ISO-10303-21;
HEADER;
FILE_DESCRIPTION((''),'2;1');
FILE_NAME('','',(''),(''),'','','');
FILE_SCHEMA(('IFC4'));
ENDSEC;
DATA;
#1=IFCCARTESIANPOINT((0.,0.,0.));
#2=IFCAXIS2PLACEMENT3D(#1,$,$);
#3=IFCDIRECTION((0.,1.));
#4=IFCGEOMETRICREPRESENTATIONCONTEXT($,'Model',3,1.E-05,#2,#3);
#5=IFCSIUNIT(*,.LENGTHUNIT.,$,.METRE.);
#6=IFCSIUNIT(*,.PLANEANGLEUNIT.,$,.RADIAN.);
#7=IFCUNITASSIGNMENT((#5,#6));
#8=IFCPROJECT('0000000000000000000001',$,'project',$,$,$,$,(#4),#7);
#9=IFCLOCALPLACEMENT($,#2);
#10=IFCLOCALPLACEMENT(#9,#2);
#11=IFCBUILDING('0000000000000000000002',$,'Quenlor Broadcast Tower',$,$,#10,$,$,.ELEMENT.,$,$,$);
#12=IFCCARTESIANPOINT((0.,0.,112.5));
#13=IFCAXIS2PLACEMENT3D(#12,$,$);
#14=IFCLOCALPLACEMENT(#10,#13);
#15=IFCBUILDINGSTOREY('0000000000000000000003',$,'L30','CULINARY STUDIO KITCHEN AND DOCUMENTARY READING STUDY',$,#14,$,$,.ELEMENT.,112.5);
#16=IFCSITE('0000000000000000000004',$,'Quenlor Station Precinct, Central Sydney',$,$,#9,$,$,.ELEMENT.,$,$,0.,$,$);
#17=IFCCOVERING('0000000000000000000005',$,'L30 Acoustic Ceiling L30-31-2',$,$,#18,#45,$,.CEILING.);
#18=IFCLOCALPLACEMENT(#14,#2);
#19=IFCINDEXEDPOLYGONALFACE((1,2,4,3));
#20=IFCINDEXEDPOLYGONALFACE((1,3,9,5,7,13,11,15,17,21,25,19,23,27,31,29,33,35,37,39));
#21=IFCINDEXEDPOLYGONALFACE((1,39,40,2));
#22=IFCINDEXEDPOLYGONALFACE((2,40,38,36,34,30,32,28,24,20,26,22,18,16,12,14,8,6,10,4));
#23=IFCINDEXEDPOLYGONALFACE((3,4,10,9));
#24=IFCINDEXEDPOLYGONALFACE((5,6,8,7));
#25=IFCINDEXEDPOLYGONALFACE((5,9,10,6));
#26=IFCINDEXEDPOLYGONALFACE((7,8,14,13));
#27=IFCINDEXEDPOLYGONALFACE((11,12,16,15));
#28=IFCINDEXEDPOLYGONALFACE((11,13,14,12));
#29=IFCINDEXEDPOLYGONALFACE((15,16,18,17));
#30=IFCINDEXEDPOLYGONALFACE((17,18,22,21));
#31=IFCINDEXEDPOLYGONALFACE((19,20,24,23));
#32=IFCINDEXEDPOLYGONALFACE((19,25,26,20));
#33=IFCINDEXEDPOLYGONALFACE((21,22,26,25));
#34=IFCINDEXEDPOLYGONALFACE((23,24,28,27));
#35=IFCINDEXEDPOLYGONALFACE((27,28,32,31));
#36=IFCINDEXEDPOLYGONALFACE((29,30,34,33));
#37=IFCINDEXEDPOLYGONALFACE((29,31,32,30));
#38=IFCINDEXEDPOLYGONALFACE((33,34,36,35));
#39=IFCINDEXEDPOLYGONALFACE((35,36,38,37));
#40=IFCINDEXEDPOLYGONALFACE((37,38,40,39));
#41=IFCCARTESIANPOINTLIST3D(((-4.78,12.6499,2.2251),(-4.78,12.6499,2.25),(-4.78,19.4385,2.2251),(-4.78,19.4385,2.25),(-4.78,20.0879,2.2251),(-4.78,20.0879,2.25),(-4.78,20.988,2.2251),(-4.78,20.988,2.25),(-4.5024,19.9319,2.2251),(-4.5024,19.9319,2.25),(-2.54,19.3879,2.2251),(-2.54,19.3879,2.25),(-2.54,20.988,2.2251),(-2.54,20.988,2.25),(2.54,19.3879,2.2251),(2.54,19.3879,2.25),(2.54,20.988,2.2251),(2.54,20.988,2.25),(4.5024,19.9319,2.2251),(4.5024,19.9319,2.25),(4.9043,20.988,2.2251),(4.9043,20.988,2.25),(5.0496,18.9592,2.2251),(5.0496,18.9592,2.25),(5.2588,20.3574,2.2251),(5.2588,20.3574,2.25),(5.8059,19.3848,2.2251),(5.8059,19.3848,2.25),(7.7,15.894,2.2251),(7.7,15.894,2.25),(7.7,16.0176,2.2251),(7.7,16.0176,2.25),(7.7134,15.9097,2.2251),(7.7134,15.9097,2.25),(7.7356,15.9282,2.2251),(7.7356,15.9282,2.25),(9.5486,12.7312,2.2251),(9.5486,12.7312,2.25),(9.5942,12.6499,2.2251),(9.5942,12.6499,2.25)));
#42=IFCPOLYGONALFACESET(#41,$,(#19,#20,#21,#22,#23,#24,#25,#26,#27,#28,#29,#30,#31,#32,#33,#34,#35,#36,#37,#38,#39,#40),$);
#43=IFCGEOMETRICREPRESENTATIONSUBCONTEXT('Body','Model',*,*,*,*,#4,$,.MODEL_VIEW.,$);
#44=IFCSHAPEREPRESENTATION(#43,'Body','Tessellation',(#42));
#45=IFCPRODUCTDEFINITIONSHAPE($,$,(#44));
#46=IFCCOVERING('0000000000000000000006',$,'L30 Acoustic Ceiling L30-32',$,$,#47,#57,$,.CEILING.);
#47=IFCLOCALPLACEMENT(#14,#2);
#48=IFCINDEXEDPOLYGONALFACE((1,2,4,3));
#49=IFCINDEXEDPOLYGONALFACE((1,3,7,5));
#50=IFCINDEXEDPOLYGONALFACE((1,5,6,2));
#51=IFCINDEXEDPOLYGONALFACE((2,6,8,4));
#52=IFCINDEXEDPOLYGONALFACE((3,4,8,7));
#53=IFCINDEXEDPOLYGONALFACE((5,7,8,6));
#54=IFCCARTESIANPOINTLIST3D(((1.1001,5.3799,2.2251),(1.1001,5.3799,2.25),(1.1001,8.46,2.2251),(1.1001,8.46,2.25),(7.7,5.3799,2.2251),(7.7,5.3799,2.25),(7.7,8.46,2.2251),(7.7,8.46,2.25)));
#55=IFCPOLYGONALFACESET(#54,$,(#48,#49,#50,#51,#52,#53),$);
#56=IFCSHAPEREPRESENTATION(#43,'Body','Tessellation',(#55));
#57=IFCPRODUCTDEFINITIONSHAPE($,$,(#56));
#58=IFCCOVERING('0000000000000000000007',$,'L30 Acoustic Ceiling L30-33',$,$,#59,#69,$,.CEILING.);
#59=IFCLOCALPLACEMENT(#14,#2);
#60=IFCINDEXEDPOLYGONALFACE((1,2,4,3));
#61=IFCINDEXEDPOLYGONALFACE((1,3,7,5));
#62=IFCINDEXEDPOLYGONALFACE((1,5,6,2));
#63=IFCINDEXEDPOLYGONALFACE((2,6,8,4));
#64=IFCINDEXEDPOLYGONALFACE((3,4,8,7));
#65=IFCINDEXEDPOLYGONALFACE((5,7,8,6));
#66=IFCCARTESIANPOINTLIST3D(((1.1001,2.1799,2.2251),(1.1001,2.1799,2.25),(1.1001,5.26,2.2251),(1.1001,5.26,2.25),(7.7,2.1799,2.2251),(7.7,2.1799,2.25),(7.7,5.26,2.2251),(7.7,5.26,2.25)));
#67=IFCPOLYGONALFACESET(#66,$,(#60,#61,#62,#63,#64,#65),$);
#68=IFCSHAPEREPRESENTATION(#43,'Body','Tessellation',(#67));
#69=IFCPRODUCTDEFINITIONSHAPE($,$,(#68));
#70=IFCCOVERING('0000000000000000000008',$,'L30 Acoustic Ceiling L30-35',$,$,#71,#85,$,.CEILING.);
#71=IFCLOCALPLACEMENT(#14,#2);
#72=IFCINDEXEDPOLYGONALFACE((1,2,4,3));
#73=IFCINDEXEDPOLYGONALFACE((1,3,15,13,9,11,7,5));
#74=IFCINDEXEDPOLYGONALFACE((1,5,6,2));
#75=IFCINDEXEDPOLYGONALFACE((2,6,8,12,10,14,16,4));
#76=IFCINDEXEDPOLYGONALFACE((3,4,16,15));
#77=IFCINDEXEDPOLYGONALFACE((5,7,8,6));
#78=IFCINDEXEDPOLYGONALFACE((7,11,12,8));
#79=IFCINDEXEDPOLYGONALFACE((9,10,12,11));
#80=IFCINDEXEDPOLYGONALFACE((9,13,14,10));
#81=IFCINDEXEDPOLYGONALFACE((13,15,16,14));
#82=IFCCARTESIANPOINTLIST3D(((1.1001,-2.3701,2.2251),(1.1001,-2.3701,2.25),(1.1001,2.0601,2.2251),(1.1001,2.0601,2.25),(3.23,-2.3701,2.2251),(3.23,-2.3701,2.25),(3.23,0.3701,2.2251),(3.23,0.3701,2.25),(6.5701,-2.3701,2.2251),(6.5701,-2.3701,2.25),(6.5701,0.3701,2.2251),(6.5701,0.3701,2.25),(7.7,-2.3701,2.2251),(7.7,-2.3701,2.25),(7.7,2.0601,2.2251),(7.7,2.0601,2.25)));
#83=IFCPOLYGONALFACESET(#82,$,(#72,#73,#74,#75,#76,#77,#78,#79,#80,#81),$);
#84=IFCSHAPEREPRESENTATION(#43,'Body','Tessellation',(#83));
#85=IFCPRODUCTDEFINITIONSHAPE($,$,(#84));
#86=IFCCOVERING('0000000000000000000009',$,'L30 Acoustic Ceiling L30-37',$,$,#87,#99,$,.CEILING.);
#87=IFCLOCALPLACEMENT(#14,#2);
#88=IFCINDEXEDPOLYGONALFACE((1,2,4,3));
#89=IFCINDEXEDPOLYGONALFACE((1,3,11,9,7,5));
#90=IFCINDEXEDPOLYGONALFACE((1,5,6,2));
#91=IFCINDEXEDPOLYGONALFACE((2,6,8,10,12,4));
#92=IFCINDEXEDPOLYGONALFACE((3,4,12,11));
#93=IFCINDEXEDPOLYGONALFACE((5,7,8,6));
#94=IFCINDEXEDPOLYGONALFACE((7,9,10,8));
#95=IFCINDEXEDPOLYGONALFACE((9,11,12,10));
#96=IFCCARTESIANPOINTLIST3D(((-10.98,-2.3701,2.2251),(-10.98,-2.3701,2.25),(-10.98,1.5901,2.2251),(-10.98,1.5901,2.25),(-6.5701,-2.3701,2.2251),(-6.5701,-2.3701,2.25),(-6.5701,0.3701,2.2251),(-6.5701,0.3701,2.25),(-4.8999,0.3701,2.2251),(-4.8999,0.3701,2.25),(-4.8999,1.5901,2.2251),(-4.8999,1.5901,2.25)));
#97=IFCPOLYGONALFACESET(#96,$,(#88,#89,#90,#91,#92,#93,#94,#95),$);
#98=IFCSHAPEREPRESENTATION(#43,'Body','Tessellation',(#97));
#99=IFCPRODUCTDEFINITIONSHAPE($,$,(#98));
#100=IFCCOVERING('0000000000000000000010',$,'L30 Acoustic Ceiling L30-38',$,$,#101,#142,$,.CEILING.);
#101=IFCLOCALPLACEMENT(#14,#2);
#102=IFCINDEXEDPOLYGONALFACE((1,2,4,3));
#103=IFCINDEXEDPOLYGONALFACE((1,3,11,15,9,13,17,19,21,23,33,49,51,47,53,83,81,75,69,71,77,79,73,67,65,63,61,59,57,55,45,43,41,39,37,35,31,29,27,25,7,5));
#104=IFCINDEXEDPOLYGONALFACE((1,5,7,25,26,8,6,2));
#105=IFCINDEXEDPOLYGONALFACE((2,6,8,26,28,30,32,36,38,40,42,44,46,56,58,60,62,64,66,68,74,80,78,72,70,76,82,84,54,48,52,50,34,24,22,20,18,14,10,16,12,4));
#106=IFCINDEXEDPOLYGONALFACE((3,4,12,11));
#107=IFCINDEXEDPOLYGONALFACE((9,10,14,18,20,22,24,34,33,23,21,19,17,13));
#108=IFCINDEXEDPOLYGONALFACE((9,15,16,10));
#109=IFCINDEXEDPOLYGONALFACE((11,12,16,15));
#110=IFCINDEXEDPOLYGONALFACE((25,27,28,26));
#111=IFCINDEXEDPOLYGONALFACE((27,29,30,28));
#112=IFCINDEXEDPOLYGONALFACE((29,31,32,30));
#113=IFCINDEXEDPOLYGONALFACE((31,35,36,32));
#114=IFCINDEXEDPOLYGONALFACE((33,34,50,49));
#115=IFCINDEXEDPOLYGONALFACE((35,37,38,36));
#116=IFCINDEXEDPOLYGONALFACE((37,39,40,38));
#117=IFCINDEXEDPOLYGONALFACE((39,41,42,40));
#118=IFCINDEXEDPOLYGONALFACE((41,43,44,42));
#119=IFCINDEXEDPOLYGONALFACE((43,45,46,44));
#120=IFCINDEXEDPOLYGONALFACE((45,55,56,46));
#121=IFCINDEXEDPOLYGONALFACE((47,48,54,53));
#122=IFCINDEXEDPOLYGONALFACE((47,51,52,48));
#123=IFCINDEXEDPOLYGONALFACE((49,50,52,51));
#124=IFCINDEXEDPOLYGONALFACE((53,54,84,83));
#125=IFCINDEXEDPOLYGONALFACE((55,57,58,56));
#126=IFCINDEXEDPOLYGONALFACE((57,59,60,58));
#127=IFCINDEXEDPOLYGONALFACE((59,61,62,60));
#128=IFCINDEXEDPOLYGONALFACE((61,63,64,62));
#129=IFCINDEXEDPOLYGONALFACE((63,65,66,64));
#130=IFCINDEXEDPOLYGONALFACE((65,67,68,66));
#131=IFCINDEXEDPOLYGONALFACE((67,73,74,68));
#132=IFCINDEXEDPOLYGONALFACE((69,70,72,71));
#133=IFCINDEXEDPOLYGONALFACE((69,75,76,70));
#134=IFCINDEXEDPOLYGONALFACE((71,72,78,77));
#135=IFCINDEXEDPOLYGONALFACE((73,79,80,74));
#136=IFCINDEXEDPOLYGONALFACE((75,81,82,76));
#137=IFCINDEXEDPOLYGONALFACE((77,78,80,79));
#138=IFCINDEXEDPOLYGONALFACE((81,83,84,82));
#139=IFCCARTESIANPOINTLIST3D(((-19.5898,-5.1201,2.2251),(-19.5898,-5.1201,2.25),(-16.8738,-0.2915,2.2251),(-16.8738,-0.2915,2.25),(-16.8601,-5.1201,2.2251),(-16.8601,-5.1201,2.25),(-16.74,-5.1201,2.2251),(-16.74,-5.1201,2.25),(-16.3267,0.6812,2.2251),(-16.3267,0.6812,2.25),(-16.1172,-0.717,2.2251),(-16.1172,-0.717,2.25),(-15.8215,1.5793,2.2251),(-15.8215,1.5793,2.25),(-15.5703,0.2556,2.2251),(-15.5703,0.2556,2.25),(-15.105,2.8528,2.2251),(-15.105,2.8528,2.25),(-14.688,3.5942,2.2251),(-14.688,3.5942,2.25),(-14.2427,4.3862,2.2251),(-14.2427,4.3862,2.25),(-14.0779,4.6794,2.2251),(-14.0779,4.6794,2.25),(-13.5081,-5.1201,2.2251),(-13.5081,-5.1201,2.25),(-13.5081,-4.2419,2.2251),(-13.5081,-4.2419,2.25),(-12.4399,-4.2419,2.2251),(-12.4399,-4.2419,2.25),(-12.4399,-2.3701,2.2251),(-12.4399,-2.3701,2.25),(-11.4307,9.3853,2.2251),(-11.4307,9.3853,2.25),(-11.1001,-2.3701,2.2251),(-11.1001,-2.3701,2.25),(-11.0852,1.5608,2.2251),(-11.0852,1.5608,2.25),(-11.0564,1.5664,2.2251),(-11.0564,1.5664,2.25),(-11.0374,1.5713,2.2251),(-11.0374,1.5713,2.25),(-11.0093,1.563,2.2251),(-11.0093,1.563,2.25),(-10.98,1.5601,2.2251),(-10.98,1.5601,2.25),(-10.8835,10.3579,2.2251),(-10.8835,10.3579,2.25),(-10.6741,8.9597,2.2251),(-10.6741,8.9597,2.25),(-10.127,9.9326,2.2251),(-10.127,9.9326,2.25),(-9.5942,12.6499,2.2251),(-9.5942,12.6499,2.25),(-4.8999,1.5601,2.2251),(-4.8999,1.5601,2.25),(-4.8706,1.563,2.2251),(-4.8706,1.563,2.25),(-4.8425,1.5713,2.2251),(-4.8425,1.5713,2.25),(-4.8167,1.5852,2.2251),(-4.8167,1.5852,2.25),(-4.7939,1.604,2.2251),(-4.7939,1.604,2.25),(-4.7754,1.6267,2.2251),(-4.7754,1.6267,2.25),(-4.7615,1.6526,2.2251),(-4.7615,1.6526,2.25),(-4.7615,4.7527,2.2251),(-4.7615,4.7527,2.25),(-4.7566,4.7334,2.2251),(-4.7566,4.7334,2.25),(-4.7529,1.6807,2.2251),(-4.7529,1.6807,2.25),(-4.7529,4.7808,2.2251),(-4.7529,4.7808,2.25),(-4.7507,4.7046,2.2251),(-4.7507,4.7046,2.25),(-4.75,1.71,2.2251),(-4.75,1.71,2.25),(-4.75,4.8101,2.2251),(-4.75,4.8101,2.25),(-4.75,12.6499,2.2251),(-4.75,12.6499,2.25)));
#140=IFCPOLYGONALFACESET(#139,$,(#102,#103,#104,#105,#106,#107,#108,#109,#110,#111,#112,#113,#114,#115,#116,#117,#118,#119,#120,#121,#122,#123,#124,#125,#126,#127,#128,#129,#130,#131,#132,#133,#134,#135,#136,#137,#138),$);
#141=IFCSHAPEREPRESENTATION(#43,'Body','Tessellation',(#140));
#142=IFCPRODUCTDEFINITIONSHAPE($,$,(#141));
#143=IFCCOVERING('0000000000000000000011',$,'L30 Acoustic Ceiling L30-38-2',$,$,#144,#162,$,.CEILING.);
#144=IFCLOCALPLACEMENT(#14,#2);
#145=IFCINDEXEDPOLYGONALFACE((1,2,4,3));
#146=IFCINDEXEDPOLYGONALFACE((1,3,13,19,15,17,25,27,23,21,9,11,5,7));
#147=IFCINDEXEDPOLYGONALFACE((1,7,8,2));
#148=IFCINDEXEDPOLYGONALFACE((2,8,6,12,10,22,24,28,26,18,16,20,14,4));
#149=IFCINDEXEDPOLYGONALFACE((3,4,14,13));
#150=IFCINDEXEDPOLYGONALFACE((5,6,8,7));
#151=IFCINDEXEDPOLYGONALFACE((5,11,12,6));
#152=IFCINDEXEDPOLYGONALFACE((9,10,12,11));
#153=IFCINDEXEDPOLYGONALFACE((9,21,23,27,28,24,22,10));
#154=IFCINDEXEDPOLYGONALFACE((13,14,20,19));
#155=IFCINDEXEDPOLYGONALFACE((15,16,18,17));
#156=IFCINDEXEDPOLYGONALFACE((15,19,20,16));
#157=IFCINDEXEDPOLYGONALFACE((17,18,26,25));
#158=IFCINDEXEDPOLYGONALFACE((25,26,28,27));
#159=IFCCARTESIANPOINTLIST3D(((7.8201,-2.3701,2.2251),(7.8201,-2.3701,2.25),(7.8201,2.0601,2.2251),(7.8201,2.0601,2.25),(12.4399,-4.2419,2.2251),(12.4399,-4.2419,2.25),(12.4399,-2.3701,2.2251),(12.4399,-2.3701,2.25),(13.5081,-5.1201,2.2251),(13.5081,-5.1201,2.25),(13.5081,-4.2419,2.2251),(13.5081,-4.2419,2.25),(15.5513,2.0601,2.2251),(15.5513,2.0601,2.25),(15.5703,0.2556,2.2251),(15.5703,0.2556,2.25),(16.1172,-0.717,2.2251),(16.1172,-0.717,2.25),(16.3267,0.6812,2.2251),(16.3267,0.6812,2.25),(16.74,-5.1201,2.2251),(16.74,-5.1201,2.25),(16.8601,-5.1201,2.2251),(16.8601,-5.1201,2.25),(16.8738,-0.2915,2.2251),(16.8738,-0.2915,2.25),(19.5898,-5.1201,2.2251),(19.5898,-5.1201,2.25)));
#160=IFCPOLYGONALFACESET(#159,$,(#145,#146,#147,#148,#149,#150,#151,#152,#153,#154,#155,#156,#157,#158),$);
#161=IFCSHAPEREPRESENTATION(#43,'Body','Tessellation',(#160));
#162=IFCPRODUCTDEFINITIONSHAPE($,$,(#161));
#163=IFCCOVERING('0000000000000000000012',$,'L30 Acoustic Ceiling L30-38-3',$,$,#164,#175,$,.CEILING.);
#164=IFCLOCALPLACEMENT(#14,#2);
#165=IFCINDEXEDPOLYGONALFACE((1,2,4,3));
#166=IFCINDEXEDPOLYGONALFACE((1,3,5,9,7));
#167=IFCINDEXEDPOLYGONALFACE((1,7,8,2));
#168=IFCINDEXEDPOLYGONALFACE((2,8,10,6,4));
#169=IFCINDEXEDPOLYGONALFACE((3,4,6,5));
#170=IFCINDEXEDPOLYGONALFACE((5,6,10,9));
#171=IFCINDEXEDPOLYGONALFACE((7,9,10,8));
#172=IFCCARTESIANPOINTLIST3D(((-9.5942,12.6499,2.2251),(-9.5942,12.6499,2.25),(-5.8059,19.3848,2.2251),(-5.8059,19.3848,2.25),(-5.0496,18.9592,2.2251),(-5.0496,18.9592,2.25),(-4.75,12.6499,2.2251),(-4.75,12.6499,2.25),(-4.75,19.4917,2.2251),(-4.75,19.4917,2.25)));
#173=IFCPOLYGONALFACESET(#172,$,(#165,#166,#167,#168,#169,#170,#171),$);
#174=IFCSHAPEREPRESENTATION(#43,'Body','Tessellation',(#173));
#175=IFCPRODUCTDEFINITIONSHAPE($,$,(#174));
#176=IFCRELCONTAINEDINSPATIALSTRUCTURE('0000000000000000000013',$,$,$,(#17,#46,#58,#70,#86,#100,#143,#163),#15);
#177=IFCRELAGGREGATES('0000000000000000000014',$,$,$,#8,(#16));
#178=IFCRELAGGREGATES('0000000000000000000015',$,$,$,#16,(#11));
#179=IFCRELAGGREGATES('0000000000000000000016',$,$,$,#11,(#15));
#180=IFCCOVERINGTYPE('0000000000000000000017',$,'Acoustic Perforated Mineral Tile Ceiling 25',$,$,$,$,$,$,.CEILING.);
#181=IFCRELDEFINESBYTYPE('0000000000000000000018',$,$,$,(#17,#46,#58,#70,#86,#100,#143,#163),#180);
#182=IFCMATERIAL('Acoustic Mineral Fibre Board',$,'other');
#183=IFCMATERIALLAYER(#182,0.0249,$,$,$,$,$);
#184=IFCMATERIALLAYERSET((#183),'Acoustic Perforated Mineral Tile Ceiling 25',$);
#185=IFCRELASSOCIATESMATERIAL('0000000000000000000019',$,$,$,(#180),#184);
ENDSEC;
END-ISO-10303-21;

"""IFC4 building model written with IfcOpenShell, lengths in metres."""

from ifc_helpers import new_model, si_unit, direction, frame, origin, place, context, subcontext, project, spatial, polyline, outline, extrude, material, layer, layer_set, type_object, element, save


model = new_model("IFC4")

# Units and contexts
model_context = context("Model", 3, precision=1e-05, world=origin(), true_north=direction((0.0, 1.0)))
body_context = subcontext(model_context, "Body", "Model", "MODEL_VIEW")
ifc_project = project(units=[si_unit("LENGTHUNIT", "METRE"), si_unit("PLANEANGLEUNIT", "RADIAN")], contexts=[model_context])

# Site, building, storey
site_placement = place(None, origin())
site = spatial("IfcSite", under=ifc_project, at=site_placement, Name="Quenlor Station Precinct, Central Sydney", CompositionType="ELEMENT", RefElevation=0.0)
building_placement = place(site_placement, origin())
building = spatial("IfcBuilding", under=site, at=building_placement, Name="Quenlor Broadcast Tower", CompositionType="ELEMENT")
storey_placement = place(building_placement, frame((0.0, 0.0, 112.5)))
storey = spatial("IfcBuildingStorey", under=building, at=storey_placement, Name="L30", Description="CULINARY STUDIO KITCHEN AND DOCUMENTARY READING STUDY", CompositionType="ELEMENT", Elevation=112.5)

# Coverings
ifc_material_1 = material(Name="Acoustic Mineral Fibre Board", Category="other")
ifc_layer_1 = layer(ifc_material_1, 0.0249)
ifc_layer_set_1 = layer_set([ifc_layer_1], Name="Acoustic Perforated Mineral Tile Ceiling 25")
covering_type_1 = type_object("IfcCoveringType", Name="Acoustic Perforated Mineral Tile Ceiling 25", PredefinedType="CEILING", material=ifc_layer_set_1)
covering_1_placement = place(storey_placement, frame((0.0, 0.0, 2.2251)))
element("IfcCovering", 1, at=covering_1_placement, inside=storey, type_object=covering_type_1, Name="L30 Acoustic Ceiling L30-31-2", PredefinedType="CEILING", context=body_context, shape_type="SweptSolid", body=[
    extrude(outline(polyline([(-4.78, 19.4385), (-4.5024, 19.9319), (-4.78, 20.0879), (-4.78, 20.988), (-2.54, 20.988), (-2.54, 19.3879), (2.54, 19.3879), (2.54, 20.988), (4.9043, 20.988), (5.2588, 20.3574), (4.5024, 19.9319), (5.0496, 18.9592), (5.8059, 19.3848), (7.7, 16.0176), (7.7, 15.894), (7.7134, 15.9097), (7.7356, 15.9282), (9.5486, 12.7312), (9.5942, 12.6499), (-4.78, 12.6499), (-4.78, 19.4385)])), origin(), (0.0, 0.0, 1.0), 0.0249),
])
covering_2_placement = place(storey_placement, frame((0.0, 0.0, 2.2251)))
element("IfcCovering", 2, at=covering_2_placement, inside=storey, type_object=covering_type_1, Name="L30 Acoustic Ceiling L30-32", PredefinedType="CEILING", context=body_context, shape_type="SweptSolid", body=[
    extrude(outline(polyline([(1.1001, 8.46), (7.7, 8.46), (7.7, 5.3799), (1.1001, 5.3799), (1.1001, 8.46)])), origin(), (0.0, 0.0, 1.0), 0.0249),
])
covering_3_placement = place(storey_placement, frame((0.0, 0.0, 2.2251)))
element("IfcCovering", 3, at=covering_3_placement, inside=storey, type_object=covering_type_1, Name="L30 Acoustic Ceiling L30-33", PredefinedType="CEILING", context=body_context, shape_type="SweptSolid", body=[
    extrude(outline(polyline([(7.7, 5.26), (7.7, 2.1799), (1.1001, 2.1799), (1.1001, 5.26), (7.7, 5.26)])), origin(), (0.0, 0.0, 1.0), 0.0249),
])
covering_4_placement = place(storey_placement, frame((0.0, 0.0, 2.2251)))
element("IfcCovering", 4, at=covering_4_placement, inside=storey, type_object=covering_type_1, Name="L30 Acoustic Ceiling L30-35", PredefinedType="CEILING", context=body_context, shape_type="SweptSolid", body=[
    extrude(outline(polyline([(3.23, -2.3701), (1.1001, -2.3701), (1.1001, 2.0601), (7.7, 2.0601), (7.7, -2.3701), (6.5701, -2.3701), (6.5701, 0.3701), (3.23, 0.3701), (3.23, -2.3701)])), origin(), (0.0, 0.0, 1.0), 0.0249),
])
covering_5_placement = place(storey_placement, frame((0.0, 0.0, 2.2251)))
element("IfcCovering", 5, at=covering_5_placement, inside=storey, type_object=covering_type_1, Name="L30 Acoustic Ceiling L30-37", PredefinedType="CEILING", context=body_context, shape_type="SweptSolid", body=[
    extrude(outline(polyline([(-10.98, 1.5901), (-4.8999, 1.5901), (-4.8999, 0.3701), (-6.5701, 0.3701), (-6.5701, -2.3701), (-10.98, -2.3701), (-10.98, 1.5901)])), origin(), (0.0, 0.0, 1.0), 0.0249),
])
covering_6_placement = place(storey_placement, frame((0.0, 0.0, 2.2251)))
element("IfcCovering", 6, at=covering_6_placement, inside=storey, type_object=covering_type_1, Name="L30 Acoustic Ceiling L30-38", PredefinedType="CEILING", context=body_context, shape_type="SweptSolid", body=[
    extrude(outline(polyline([(-10.127, 9.9326), (-10.8835, 10.3579), (-9.5942, 12.6499), (-4.75, 12.6499), (-4.75, 4.8101), (-4.7529, 4.7808), (-4.7615, 4.7527), (-4.7566, 4.7334), (-4.7507, 4.7046), (-4.75, 1.71), (-4.7529, 1.6807), (-4.7615, 1.6526), (-4.7754, 1.6267), (-4.7939, 1.604), (-4.8167, 1.5852), (-4.8425, 1.5713), (-4.8706, 1.563), (-4.8999, 1.5601), (-10.98, 1.5601), (-11.0093, 1.563), (-11.0374, 1.5713), (-11.0564, 1.5664), (-11.0852, 1.5608), (-11.1001, -2.3701), (-12.4399, -2.3701), (-12.4399, -4.2419), (-13.5081, -4.2419), (-13.5081, -5.1201), (-16.74, -5.1201), (-16.8601, -5.1201), (-19.5898, -5.1201), (-16.8738, -0.2915), (-16.1172, -0.717), (-15.5703, 0.2556), (-16.3267, 0.6812), (-15.8215, 1.5793), (-15.105, 2.8528), (-14.688, 3.5942), (-14.2427, 4.3862), (-14.0779, 4.6794), (-11.4307, 9.3853), (-10.6741, 8.9597), (-10.127, 9.9326)])), origin(), (0.0, 0.0, 1.0), 0.0249),
])
covering_7_placement = place(storey_placement, frame((0.0, 0.0, 2.2251)))
element("IfcCovering", 7, at=covering_7_placement, inside=storey, type_object=covering_type_1, Name="L30 Acoustic Ceiling L30-38-2", PredefinedType="CEILING", context=body_context, shape_type="SweptSolid", body=[
    extrude(outline(polyline([(13.5081, -4.2419), (12.4399, -4.2419), (12.4399, -2.3701), (7.8201, -2.3701), (7.8201, 2.0601), (15.5513, 2.0601), (16.3267, 0.6812), (15.5703, 0.2556), (16.1172, -0.717), (16.8738, -0.2915), (19.5898, -5.1201), (16.8601, -5.1201), (16.74, -5.1201), (13.5081, -5.1201), (13.5081, -4.2419)])), origin(), (0.0, 0.0, 1.0), 0.0249),
])
covering_8_placement = place(storey_placement, frame((0.0, 0.0, 2.2251)))
element("IfcCovering", 8, at=covering_8_placement, inside=storey, type_object=covering_type_1, Name="L30 Acoustic Ceiling L30-38-3", PredefinedType="CEILING", context=body_context, shape_type="SweptSolid", body=[
    extrude(outline(polyline([(-5.8059, 19.3848), (-5.0496, 18.9592), (-4.75, 19.4917), (-4.75, 12.6499), (-9.5942, 12.6499), (-5.8059, 19.3848)])), origin(), (0.0, 0.0, 1.0), 0.0249),
])

save(model, "model.ifc")
